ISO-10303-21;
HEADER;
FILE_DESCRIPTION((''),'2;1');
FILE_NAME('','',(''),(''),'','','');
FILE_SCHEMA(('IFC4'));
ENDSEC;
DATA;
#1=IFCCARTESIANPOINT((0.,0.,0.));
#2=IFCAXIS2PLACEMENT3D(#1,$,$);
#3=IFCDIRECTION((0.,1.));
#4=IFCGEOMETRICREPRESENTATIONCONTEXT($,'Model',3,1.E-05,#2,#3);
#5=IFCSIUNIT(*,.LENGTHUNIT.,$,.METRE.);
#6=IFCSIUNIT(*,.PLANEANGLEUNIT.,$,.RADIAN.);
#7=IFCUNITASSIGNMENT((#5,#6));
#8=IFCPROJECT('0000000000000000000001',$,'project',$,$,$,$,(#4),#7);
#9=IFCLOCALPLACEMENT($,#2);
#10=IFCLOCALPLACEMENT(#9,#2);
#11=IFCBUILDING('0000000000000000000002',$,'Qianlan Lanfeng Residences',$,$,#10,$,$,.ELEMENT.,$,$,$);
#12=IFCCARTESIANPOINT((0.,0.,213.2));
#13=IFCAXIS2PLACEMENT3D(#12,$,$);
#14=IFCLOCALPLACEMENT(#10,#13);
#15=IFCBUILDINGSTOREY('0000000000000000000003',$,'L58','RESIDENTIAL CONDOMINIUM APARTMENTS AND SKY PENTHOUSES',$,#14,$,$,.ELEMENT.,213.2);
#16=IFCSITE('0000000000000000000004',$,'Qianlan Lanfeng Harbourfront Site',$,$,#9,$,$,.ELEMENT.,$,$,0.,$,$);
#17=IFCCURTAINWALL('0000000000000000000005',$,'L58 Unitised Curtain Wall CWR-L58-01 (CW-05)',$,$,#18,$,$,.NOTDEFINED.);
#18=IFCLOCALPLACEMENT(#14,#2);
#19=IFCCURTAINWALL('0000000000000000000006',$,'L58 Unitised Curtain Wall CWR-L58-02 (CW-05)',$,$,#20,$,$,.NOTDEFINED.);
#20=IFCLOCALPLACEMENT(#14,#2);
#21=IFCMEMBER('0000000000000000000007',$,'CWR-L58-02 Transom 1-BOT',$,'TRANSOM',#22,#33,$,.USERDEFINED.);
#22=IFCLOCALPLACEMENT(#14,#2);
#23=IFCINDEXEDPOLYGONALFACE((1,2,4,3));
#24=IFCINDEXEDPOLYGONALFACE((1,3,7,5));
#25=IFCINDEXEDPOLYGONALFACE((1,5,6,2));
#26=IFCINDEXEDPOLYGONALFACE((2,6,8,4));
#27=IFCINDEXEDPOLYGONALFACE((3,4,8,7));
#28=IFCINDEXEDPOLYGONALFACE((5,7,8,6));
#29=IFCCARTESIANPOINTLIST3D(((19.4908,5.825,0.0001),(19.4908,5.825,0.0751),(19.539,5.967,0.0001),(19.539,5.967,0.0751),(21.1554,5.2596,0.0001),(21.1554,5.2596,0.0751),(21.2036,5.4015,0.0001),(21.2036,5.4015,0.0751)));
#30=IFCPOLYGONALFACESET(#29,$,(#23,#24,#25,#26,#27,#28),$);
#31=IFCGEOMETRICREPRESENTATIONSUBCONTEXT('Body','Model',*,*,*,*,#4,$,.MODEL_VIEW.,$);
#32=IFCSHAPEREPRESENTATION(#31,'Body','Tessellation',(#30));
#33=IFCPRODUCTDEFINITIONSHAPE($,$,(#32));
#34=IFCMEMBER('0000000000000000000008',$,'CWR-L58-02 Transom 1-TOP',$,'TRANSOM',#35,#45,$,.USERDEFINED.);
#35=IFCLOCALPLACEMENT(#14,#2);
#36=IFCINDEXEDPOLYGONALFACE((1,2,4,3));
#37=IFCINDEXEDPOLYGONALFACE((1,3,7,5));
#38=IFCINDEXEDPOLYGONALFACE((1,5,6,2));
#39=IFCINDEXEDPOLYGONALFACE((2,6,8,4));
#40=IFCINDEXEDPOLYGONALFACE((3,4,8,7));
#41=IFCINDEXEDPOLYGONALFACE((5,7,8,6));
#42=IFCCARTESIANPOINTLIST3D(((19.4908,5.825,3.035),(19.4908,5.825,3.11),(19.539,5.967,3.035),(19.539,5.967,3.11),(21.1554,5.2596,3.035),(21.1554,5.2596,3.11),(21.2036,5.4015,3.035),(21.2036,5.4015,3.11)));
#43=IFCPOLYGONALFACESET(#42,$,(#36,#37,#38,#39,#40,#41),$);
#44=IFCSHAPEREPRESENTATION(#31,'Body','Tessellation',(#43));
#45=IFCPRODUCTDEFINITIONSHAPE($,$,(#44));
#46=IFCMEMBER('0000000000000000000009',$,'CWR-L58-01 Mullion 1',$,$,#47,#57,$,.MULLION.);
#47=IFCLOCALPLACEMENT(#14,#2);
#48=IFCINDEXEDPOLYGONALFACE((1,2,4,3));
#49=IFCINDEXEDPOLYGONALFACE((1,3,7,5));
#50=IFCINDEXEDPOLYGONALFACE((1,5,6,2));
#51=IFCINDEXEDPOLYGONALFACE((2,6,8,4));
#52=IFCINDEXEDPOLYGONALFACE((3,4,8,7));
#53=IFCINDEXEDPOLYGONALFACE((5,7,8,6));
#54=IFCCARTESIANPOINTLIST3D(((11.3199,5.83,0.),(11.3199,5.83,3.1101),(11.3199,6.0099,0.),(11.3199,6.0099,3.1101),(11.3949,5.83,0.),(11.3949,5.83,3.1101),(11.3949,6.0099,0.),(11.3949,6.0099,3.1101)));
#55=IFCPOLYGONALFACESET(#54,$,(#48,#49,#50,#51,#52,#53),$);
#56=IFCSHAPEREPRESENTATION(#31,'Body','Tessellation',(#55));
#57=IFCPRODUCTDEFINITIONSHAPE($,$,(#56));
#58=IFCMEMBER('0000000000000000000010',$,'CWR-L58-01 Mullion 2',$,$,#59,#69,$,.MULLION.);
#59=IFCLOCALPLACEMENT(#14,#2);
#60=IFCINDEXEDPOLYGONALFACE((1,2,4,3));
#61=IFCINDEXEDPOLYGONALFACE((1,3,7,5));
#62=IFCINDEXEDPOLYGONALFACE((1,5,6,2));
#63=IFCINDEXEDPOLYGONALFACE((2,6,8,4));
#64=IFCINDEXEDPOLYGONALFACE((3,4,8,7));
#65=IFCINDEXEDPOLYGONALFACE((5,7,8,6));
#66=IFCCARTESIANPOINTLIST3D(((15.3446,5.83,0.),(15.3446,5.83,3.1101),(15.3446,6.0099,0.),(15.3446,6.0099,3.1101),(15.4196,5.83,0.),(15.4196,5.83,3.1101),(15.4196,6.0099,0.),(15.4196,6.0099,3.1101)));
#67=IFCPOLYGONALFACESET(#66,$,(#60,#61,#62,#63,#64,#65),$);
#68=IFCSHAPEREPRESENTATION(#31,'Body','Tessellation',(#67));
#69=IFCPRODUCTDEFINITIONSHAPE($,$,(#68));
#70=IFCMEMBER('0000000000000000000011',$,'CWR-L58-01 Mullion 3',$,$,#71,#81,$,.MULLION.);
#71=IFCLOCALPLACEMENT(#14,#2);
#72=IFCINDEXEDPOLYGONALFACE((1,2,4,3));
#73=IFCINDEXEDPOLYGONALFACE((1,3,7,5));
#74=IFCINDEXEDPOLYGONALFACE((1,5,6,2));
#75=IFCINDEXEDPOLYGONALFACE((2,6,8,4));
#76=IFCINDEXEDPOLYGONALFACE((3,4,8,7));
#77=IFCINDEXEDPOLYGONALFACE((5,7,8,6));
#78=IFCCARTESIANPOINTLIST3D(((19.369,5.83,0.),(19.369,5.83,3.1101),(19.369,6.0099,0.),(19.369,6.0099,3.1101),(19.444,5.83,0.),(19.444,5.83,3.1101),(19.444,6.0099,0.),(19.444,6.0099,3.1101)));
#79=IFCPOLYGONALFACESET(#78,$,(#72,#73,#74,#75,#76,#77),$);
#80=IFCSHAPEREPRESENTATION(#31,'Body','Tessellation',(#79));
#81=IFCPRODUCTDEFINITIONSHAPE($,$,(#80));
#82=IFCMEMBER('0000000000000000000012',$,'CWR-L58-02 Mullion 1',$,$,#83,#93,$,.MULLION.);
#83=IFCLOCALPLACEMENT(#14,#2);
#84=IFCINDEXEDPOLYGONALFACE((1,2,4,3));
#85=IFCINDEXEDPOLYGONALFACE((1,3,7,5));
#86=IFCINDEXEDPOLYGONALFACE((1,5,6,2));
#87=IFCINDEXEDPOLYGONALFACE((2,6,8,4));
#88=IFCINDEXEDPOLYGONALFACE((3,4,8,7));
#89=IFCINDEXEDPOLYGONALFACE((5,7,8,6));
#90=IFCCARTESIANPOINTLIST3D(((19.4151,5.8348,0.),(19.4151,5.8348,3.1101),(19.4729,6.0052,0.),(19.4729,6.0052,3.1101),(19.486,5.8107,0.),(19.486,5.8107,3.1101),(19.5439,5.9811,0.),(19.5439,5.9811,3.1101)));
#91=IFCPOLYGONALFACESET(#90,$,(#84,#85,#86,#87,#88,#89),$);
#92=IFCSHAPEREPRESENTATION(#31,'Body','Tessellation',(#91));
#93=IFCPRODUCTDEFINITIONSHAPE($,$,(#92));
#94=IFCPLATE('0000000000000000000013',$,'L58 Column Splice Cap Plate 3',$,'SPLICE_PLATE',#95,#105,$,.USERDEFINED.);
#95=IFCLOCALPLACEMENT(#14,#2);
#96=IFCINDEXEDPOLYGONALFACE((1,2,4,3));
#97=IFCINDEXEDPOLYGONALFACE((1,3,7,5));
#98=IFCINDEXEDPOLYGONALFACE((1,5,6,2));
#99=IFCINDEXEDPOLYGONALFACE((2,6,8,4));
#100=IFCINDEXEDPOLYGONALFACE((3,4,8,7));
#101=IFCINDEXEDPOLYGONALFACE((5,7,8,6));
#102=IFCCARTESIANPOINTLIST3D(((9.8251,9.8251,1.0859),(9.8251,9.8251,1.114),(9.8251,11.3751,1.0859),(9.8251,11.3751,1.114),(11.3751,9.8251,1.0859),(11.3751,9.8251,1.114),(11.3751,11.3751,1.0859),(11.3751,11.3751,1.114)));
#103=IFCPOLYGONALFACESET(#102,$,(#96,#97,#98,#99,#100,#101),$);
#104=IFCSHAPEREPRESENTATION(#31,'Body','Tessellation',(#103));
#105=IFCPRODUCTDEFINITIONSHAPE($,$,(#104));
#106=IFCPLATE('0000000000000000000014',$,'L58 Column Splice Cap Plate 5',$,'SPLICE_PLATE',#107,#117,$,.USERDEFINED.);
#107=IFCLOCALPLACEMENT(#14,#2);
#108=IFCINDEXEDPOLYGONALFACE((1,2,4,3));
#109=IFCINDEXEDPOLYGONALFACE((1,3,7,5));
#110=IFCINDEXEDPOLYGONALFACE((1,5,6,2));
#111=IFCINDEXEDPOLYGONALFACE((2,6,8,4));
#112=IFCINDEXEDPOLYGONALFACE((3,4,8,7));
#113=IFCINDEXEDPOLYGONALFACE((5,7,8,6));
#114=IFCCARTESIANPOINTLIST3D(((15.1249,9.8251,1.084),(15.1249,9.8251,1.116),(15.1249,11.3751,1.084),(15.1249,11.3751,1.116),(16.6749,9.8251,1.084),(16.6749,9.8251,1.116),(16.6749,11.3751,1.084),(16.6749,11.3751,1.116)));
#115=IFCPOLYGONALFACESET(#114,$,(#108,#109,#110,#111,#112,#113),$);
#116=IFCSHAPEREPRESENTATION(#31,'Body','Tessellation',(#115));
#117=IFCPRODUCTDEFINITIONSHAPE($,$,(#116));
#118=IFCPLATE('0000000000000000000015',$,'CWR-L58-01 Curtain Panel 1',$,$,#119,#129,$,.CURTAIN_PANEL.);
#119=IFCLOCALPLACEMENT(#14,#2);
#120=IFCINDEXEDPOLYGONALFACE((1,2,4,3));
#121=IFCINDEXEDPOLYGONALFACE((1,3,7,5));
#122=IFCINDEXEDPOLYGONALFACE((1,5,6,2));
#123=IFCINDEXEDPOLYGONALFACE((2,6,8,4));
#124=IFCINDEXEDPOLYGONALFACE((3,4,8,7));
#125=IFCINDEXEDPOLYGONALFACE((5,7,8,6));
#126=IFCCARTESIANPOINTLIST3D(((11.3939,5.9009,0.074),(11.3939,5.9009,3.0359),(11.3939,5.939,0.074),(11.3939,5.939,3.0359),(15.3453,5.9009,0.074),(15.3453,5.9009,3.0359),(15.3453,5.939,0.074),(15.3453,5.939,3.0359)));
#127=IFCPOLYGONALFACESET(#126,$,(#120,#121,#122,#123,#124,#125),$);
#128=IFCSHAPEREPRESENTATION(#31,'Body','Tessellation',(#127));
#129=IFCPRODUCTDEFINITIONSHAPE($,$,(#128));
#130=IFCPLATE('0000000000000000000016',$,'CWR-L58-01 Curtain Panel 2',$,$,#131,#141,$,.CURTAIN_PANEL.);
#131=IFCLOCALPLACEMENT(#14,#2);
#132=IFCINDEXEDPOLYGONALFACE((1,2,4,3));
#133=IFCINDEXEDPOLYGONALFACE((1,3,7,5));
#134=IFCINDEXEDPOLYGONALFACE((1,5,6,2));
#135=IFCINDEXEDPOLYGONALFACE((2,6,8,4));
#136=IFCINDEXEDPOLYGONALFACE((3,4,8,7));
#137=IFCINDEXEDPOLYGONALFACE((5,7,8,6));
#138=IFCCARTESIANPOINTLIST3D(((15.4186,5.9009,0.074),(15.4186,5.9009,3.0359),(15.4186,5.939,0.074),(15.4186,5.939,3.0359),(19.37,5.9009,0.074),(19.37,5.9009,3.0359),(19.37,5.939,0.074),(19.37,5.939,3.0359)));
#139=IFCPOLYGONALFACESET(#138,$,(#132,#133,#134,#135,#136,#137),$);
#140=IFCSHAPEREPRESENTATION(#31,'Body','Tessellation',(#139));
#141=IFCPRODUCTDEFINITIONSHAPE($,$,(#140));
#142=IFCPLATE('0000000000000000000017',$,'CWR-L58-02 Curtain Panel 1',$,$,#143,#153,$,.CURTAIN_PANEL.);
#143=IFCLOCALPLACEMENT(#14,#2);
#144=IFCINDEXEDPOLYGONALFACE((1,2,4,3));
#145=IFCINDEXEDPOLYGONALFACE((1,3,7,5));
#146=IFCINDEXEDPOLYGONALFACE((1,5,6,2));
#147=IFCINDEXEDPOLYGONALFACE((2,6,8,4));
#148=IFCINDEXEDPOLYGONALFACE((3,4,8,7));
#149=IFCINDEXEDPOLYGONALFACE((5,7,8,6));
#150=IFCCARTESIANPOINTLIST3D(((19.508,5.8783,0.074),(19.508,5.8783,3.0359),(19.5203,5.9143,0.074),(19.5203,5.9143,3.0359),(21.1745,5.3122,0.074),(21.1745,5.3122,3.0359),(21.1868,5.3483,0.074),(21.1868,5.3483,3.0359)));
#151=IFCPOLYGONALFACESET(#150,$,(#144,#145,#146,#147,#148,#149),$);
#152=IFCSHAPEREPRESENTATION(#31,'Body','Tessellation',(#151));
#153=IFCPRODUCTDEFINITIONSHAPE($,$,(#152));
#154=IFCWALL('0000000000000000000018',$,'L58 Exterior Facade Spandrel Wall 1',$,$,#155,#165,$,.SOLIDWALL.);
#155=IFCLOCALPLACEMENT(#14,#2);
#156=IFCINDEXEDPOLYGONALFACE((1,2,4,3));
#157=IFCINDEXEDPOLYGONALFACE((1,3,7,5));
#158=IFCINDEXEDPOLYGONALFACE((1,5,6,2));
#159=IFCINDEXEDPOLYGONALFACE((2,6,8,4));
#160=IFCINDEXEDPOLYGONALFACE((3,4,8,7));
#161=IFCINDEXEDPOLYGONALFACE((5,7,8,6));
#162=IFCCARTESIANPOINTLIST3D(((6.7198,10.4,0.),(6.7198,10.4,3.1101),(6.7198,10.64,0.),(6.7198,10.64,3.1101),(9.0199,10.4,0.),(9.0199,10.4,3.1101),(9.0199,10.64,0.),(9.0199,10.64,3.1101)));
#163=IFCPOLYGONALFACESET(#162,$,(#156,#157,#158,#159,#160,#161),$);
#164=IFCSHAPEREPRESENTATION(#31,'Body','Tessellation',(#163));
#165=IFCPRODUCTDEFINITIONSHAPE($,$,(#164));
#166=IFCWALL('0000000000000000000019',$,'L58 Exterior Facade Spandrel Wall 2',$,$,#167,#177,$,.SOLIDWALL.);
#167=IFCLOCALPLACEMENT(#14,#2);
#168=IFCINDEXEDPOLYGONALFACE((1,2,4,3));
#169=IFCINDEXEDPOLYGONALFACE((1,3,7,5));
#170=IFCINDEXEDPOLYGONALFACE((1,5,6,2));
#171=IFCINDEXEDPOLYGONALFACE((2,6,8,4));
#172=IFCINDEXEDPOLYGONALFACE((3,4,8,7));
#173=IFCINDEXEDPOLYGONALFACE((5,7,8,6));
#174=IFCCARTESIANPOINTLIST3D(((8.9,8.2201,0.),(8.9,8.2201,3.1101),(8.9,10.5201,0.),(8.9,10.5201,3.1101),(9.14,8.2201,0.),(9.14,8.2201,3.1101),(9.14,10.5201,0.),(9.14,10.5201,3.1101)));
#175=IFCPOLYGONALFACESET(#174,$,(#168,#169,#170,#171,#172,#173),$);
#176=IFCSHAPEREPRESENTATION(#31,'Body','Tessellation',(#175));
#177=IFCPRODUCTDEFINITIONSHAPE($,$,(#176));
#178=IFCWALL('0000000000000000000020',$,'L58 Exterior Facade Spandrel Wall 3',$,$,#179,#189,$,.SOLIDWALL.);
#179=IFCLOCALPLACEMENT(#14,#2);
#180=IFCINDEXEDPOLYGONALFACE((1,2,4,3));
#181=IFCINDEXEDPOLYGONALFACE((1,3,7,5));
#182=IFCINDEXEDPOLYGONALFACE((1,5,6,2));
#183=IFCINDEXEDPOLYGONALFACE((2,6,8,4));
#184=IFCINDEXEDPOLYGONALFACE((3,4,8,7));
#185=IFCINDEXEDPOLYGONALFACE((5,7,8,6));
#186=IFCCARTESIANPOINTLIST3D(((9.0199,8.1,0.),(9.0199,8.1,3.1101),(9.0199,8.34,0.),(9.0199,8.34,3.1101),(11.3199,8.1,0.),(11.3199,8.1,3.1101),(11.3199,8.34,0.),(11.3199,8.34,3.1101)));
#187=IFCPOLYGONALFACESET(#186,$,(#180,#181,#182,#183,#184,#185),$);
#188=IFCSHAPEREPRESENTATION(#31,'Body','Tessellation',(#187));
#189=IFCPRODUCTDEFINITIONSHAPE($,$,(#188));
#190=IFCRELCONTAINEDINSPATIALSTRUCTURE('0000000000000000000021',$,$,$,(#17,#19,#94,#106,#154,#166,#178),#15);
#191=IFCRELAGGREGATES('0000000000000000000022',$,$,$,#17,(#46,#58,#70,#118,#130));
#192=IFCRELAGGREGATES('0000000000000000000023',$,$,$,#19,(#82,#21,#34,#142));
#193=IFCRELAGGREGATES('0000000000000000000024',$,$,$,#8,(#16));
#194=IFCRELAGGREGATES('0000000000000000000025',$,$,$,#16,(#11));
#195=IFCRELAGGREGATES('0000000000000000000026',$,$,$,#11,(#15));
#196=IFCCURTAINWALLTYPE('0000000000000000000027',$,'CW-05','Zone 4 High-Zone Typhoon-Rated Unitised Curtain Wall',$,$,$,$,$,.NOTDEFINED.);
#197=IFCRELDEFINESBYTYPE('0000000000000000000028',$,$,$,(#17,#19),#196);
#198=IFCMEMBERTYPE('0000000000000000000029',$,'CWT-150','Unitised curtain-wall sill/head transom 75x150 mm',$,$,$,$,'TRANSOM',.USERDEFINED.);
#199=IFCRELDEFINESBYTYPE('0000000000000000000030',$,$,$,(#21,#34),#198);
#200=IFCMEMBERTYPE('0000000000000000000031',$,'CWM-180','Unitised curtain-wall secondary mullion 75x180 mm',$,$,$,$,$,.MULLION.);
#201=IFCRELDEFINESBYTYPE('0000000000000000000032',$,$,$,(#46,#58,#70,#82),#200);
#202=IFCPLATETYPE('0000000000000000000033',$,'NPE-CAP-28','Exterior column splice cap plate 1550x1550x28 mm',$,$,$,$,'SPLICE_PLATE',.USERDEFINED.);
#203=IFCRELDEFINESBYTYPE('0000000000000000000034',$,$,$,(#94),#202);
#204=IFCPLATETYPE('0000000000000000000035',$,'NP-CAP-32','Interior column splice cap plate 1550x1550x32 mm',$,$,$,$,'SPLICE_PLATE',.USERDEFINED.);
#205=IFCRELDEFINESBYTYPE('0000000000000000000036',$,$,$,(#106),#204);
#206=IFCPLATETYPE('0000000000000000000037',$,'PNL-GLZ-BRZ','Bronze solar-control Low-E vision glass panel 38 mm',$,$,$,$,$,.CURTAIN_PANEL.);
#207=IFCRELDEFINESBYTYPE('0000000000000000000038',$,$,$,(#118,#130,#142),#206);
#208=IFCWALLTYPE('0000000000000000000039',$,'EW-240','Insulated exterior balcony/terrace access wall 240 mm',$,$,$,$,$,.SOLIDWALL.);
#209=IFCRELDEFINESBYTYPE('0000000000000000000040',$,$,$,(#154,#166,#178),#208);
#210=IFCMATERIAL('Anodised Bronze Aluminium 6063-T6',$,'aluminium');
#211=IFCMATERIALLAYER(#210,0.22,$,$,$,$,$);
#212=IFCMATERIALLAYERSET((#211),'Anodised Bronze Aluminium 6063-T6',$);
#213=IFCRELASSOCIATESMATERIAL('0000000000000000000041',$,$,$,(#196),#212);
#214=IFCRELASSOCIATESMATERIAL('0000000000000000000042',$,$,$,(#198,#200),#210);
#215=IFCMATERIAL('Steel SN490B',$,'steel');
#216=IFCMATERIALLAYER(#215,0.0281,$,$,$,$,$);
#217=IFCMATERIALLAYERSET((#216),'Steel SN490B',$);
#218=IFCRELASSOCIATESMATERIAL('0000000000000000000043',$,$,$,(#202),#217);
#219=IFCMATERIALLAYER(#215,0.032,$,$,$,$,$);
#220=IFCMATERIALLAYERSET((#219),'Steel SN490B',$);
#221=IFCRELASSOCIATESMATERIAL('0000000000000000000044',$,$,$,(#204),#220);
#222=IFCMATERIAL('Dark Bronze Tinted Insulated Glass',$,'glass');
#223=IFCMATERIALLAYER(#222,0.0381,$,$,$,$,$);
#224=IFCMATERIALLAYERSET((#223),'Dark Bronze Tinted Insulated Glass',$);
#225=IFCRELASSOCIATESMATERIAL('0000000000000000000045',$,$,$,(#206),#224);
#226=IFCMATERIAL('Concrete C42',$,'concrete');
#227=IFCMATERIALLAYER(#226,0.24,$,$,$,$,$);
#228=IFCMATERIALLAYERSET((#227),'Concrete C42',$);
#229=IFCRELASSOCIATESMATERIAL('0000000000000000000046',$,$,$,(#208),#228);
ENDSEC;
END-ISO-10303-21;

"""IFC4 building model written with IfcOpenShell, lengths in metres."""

from ifc_helpers import new_model, si_unit, direction, frame, frame_2d, origin, origin_2d, place, context, subcontext, project, spatial, rectangle, extrude, source, transform, mapped, material, layer, layer_set, material_profile, profile_set, type_object, element, aggregate, save


model = new_model("IFC4")

# Units and contexts
model_context = context("Model", 3, precision=1e-05, world=origin(), true_north=direction((0.0, 1.0)))
body_context = subcontext(model_context, "Body", "Model", "MODEL_VIEW")
ifc_project = project(units=[si_unit("LENGTHUNIT", "METRE"), si_unit("PLANEANGLEUNIT", "RADIAN")], contexts=[model_context])

# Site, building, storey
site_placement = place(None, origin())
site = spatial("IfcSite", under=ifc_project, at=site_placement, Name="Qianlan Lanfeng Harbourfront Site", CompositionType="ELEMENT", RefElevation=0.0)
building_placement = place(site_placement, origin())
building = spatial("IfcBuilding", under=site, at=building_placement, Name="Qianlan Lanfeng Residences", CompositionType="ELEMENT")
storey_placement = place(building_placement, frame((0.0, 0.0, 213.2)))
storey = spatial("IfcBuildingStorey", under=building, at=storey_placement, Name="L58", Description="RESIDENTIAL CONDOMINIUM APARTMENTS AND SKY PENTHOUSES", CompositionType="ELEMENT", Elevation=213.2)

# Shared definitions
ifc_material_1 = material(Name="Steel SN490B", Category="steel")

# Curtain walls, members
ifc_material_2 = material(Name="Anodised Bronze Aluminium 6063-T6", Category="aluminium")
ifc_layer_1 = layer(ifc_material_2, 0.22)
ifc_layer_set_1 = layer_set([ifc_layer_1], Name="Anodised Bronze Aluminium 6063-T6")
curtain_wall_type = type_object("IfcCurtainWallType", Name="CW-05", Description="Zone 4 High-Zone Typhoon-Rated Unitised Curtain Wall", PredefinedType="NOTDEFINED", material=ifc_layer_set_1)
curtain_wall_1_placement = place(storey_placement, origin())
curtain_wall_1 = element("IfcCurtainWall", 1, at=curtain_wall_1_placement, inside=storey, type_object=curtain_wall_type, Name="L58 Unitised Curtain Wall CWR-L58-01 (CW-05)", PredefinedType="NOTDEFINED")
ifc_material_profile_1 = material_profile(ifc_material_2, rectangle(XDim=0.075, YDim=0.1499, at=origin_2d()), Name="ALU TRANSOM 75x150")
ifc_profile_set_1 = profile_set([ifc_material_profile_1], Name="Anodised Bronze Aluminium 6063-T6")
member_type_1 = type_object("IfcMemberType", Name="CWT-150", Description="Unitised curtain-wall sill/head transom 75x150 mm", ElementType="TRANSOM", PredefinedType="USERDEFINED", material=ifc_profile_set_1)
curtain_wall_2_placement = place(storey_placement, origin())
curtain_wall_2 = element("IfcCurtainWall", 2, at=curtain_wall_2_placement, inside=storey, type_object=curtain_wall_type, Name="L58 Unitised Curtain Wall CWR-L58-02 (CW-05)", PredefinedType="NOTDEFINED")
shared_shape_1 = source(origin(), body_context, "Body", "SweptSolid", [
    extrude(rectangle(XDim=0.075, YDim=0.1499, at=origin_2d()), origin(), (0.0, 0.0, 1.0), 1.7581),
])
member_1_placement = place(storey_placement, frame((19.5149, 5.896, 0.0376), z_axis=(0.946862, -0.321639, 0.0), x_axis=(0.0, 0.0, 1.0)))
member_1 = element("IfcMember", 3, at=member_1_placement, type_object=member_type_1, Name="CWR-L58-02 Transom 1-BOT", ObjectType="TRANSOM", PredefinedType="USERDEFINED", context=body_context, shape_type="MappedRepresentation", body=[
    mapped(shared_shape_1, transform((0.0, 0.0, 0.0), scale=1.0)),
])
member_2_placement = place(storey_placement, frame((19.5149, 5.896, 3.0725), z_axis=(0.946862, -0.321639, 0.0), x_axis=(0.0, 0.0, 1.0)))
member_2 = element("IfcMember", 4, at=member_2_placement, type_object=member_type_1, Name="CWR-L58-02 Transom 1-TOP", ObjectType="TRANSOM", PredefinedType="USERDEFINED", context=body_context, shape_type="MappedRepresentation", body=[
    mapped(shared_shape_1, transform((0.0, 0.0, 0.0), scale=1.0)),
])

# Members
ifc_material_profile_2 = material_profile(ifc_material_2, rectangle(XDim=0.075, YDim=0.1799, at=origin_2d()), Name="ALU MULLION 75x180")
ifc_profile_set_2 = profile_set([ifc_material_profile_2], Name="Anodised Bronze Aluminium 6063-T6")
member_type_2 = type_object("IfcMemberType", Name="CWM-180", Description="Unitised curtain-wall secondary mullion 75x180 mm", PredefinedType="MULLION", material=ifc_profile_set_2)
shared_shape_2 = source(origin(), body_context, "Body", "SweptSolid", [
    extrude(rectangle(XDim=0.075, YDim=0.1799, at=origin_2d()), origin(), (0.0, 0.0, 1.0), 3.1101),
])
member_3_placement = place(storey_placement, frame((11.3574, 5.9199, 0.0), z_axis=(0.0, 0.0, 1.0), x_axis=(1.0, 0.0, 0.0)))
member_3 = element("IfcMember", 5, at=member_3_placement, type_object=member_type_2, Name="CWR-L58-01 Mullion 1", PredefinedType="MULLION", context=body_context, shape_type="MappedRepresentation", body=[
    mapped(shared_shape_2, transform((0.0, 0.0, 0.0), scale=1.0)),
])
member_4_placement = place(storey_placement, frame((15.3821, 5.9199, 0.0), z_axis=(0.0, 0.0, 1.0), x_axis=(1.0, 0.0, 0.0)))
member_4 = element("IfcMember", 6, at=member_4_placement, type_object=member_type_2, Name="CWR-L58-01 Mullion 2", PredefinedType="MULLION", context=body_context, shape_type="MappedRepresentation", body=[
    mapped(shared_shape_2, transform((0.0, 0.0, 0.0), scale=1.0)),
])
member_5_placement = place(storey_placement, frame((19.4065, 5.9199, 0.0), z_axis=(0.0, 0.0, 1.0), x_axis=(1.0, 0.0, 0.0)))
member_5 = element("IfcMember", 7, at=member_5_placement, type_object=member_type_2, Name="CWR-L58-01 Mullion 3", PredefinedType="MULLION", context=body_context, shape_type="MappedRepresentation", body=[
    mapped(shared_shape_2, transform((0.0, 0.0, 0.0), scale=1.0)),
])
member_6_placement = place(storey_placement, frame((19.4795, 5.908, 0.0), z_axis=(0.0, 0.0, 1.0), x_axis=(0.946877, -0.321596, 0.0)))
member_6 = element("IfcMember", 8, at=member_6_placement, type_object=member_type_2, Name="CWR-L58-02 Mullion 1", PredefinedType="MULLION", context=body_context, shape_type="MappedRepresentation", body=[
    mapped(shared_shape_2, transform((0.0, 0.0, 0.0), scale=1.0)),
])

# Plates
ifc_layer_2 = layer(ifc_material_1, 0.0281)
ifc_layer_set_2 = layer_set([ifc_layer_2], Name="Steel SN490B")
plate_type_1 = type_object("IfcPlateType", Name="NPE-CAP-28", Description="Exterior column splice cap plate 1550x1550x28 mm", ElementType="SPLICE_PLATE", PredefinedType="USERDEFINED", material=ifc_layer_set_2)
shared_shape_3 = source(origin(), body_context, "Body", "SweptSolid", [
    extrude(rectangle(XDim=1.55, YDim=1.55, at=origin_2d()), origin(), (0.0, 0.0, 1.0), 0.0281),
])
plate_1_placement = place(storey_placement, frame((10.6001, 10.6001, 1.0859), z_axis=(0.0, 0.0, 1.0), x_axis=(1.0, 0.0, 0.0)))
element("IfcPlate", 9, at=plate_1_placement, inside=storey, type_object=plate_type_1, Name="L58 Column Splice Cap Plate 3", ObjectType="SPLICE_PLATE", PredefinedType="USERDEFINED", context=body_context, shape_type="MappedRepresentation", body=[
    mapped(shared_shape_3, transform((0.0, 0.0, 0.0), scale=1.0)),
])
ifc_layer_3 = layer(ifc_material_1, 0.032)
ifc_layer_set_3 = layer_set([ifc_layer_3], Name="Steel SN490B")
plate_type_2 = type_object("IfcPlateType", Name="NP-CAP-32", Description="Interior column splice cap plate 1550x1550x32 mm", ElementType="SPLICE_PLATE", PredefinedType="USERDEFINED", material=ifc_layer_set_3)
shared_shape_4 = source(origin(), body_context, "Body", "SweptSolid", [
    extrude(rectangle(XDim=1.55, YDim=1.55, at=origin_2d()), origin(), (0.0, 0.0, 1.0), 0.032),
])
plate_2_placement = place(storey_placement, frame((15.8999, 10.6001, 1.084), z_axis=(0.0, 0.0, 1.0), x_axis=(1.0, 0.0, 0.0)))
element("IfcPlate", 10, at=plate_2_placement, inside=storey, type_object=plate_type_2, Name="L58 Column Splice Cap Plate 5", ObjectType="SPLICE_PLATE", PredefinedType="USERDEFINED", context=body_context, shape_type="MappedRepresentation", body=[
    mapped(shared_shape_4, transform((0.0, 0.0, 0.0), scale=1.0)),
])

# Plates
ifc_material_3 = material(Name="Dark Bronze Tinted Insulated Glass", Category="glass")
ifc_layer_4 = layer(ifc_material_3, 0.0381)
ifc_layer_set_4 = layer_set([ifc_layer_4], Name="Dark Bronze Tinted Insulated Glass")
plate_type_3 = type_object("IfcPlateType", Name="PNL-GLZ-BRZ", Description="Bronze solar-control Low-E vision glass panel 38 mm", PredefinedType="CURTAIN_PANEL", material=ifc_layer_set_4)
shared_shape_5 = source(origin(), body_context, "Body", "SweptSolid", [
    extrude(rectangle(XDim=3.9514, YDim=0.0381, at=origin_2d()), origin(), (0.0, 0.0, 1.0), 2.9619),
])
plate_3_placement = place(storey_placement, frame((13.3696, 5.9199, 0.074), z_axis=(0.0, 0.0, 1.0), x_axis=(1.0, 0.0, 0.0)))
plate_3 = element("IfcPlate", 11, at=plate_3_placement, type_object=plate_type_3, Name="CWR-L58-01 Curtain Panel 1", PredefinedType="CURTAIN_PANEL", context=body_context, shape_type="MappedRepresentation", body=[
    mapped(shared_shape_5, transform((0.0, 0.0, 0.0), scale=1.0)),
])
plate_4_placement = place(storey_placement, frame((17.3943, 5.9199, 0.074), z_axis=(0.0, 0.0, 1.0), x_axis=(1.0, 0.0, 0.0)))
plate_4 = element("IfcPlate", 12, at=plate_4_placement, type_object=plate_type_3, Name="CWR-L58-01 Curtain Panel 2", PredefinedType="CURTAIN_PANEL", context=body_context, shape_type="MappedRepresentation", body=[
    mapped(shared_shape_5, transform((0.0, 0.0, 0.0), scale=1.0)),
])
aggregate(curtain_wall_1, [member_3, member_4, member_5, plate_3, plate_4])
shared_shape_6 = source(origin(), body_context, "Body", "SweptSolid", [
    extrude(rectangle(XDim=1.76, YDim=0.0381, at=origin_2d()), origin(), (0.0, 0.0, 1.0), 2.9619),
])
plate_5_placement = place(storey_placement, frame((20.3474, 5.6133, 0.074), z_axis=(0.0, 0.0, 1.0), x_axis=(0.946877, -0.321596, 0.0)))
plate_5 = element("IfcPlate", 13, at=plate_5_placement, type_object=plate_type_3, Name="CWR-L58-02 Curtain Panel 1", PredefinedType="CURTAIN_PANEL", context=body_context, shape_type="MappedRepresentation", body=[
    mapped(shared_shape_6, transform((0.0, 0.0, 0.0), scale=1.0)),
])
aggregate(curtain_wall_2, [member_6, member_1, member_2, plate_5])

# Walls
ifc_material_4 = material(Name="Concrete C42", Category="concrete")
ifc_layer_5 = layer(ifc_material_4, 0.24)
ifc_layer_set_5 = layer_set([ifc_layer_5], Name="Concrete C42")
wall_type_1 = type_object("IfcWallType", Name="EW-240", Description="Insulated exterior balcony/terrace access wall 240 mm", PredefinedType="SOLIDWALL", material=ifc_layer_set_5)
for number, where, z_axis, x_axis, name in (
    (14, (6.72, 10.52, 0.0), (0.0, 0.0, 1.0), (1.0, 0.0, 0.0), "L58 Exterior Facade Spandrel Wall 1"),
    (15, (9.02, 10.52, 0.0), (0.0, 0.0, 1.0), (0.0, -1.0, 0.0), "L58 Exterior Facade Spandrel Wall 2"),
    (16, (9.02, 8.22, 0.0), (0.0, 0.0, 1.0), (1.0, 0.0, 0.0), "L58 Exterior Facade Spandrel Wall 3"),
):
    element("IfcWall", number, at=place(storey_placement, frame(where, z_axis=z_axis, x_axis=x_axis)), inside=storey, type_object=wall_type_1, Name=name, PredefinedType="SOLIDWALL", context=body_context, shape_type="SweptSolid", body=[
        extrude(rectangle(XDim=2.3, YDim=0.24, at=frame_2d((1.1499, 0.0))), origin(), (0.0, 0.0, 1.0), 3.1101),
    ])

save(model, "model.ifc")
